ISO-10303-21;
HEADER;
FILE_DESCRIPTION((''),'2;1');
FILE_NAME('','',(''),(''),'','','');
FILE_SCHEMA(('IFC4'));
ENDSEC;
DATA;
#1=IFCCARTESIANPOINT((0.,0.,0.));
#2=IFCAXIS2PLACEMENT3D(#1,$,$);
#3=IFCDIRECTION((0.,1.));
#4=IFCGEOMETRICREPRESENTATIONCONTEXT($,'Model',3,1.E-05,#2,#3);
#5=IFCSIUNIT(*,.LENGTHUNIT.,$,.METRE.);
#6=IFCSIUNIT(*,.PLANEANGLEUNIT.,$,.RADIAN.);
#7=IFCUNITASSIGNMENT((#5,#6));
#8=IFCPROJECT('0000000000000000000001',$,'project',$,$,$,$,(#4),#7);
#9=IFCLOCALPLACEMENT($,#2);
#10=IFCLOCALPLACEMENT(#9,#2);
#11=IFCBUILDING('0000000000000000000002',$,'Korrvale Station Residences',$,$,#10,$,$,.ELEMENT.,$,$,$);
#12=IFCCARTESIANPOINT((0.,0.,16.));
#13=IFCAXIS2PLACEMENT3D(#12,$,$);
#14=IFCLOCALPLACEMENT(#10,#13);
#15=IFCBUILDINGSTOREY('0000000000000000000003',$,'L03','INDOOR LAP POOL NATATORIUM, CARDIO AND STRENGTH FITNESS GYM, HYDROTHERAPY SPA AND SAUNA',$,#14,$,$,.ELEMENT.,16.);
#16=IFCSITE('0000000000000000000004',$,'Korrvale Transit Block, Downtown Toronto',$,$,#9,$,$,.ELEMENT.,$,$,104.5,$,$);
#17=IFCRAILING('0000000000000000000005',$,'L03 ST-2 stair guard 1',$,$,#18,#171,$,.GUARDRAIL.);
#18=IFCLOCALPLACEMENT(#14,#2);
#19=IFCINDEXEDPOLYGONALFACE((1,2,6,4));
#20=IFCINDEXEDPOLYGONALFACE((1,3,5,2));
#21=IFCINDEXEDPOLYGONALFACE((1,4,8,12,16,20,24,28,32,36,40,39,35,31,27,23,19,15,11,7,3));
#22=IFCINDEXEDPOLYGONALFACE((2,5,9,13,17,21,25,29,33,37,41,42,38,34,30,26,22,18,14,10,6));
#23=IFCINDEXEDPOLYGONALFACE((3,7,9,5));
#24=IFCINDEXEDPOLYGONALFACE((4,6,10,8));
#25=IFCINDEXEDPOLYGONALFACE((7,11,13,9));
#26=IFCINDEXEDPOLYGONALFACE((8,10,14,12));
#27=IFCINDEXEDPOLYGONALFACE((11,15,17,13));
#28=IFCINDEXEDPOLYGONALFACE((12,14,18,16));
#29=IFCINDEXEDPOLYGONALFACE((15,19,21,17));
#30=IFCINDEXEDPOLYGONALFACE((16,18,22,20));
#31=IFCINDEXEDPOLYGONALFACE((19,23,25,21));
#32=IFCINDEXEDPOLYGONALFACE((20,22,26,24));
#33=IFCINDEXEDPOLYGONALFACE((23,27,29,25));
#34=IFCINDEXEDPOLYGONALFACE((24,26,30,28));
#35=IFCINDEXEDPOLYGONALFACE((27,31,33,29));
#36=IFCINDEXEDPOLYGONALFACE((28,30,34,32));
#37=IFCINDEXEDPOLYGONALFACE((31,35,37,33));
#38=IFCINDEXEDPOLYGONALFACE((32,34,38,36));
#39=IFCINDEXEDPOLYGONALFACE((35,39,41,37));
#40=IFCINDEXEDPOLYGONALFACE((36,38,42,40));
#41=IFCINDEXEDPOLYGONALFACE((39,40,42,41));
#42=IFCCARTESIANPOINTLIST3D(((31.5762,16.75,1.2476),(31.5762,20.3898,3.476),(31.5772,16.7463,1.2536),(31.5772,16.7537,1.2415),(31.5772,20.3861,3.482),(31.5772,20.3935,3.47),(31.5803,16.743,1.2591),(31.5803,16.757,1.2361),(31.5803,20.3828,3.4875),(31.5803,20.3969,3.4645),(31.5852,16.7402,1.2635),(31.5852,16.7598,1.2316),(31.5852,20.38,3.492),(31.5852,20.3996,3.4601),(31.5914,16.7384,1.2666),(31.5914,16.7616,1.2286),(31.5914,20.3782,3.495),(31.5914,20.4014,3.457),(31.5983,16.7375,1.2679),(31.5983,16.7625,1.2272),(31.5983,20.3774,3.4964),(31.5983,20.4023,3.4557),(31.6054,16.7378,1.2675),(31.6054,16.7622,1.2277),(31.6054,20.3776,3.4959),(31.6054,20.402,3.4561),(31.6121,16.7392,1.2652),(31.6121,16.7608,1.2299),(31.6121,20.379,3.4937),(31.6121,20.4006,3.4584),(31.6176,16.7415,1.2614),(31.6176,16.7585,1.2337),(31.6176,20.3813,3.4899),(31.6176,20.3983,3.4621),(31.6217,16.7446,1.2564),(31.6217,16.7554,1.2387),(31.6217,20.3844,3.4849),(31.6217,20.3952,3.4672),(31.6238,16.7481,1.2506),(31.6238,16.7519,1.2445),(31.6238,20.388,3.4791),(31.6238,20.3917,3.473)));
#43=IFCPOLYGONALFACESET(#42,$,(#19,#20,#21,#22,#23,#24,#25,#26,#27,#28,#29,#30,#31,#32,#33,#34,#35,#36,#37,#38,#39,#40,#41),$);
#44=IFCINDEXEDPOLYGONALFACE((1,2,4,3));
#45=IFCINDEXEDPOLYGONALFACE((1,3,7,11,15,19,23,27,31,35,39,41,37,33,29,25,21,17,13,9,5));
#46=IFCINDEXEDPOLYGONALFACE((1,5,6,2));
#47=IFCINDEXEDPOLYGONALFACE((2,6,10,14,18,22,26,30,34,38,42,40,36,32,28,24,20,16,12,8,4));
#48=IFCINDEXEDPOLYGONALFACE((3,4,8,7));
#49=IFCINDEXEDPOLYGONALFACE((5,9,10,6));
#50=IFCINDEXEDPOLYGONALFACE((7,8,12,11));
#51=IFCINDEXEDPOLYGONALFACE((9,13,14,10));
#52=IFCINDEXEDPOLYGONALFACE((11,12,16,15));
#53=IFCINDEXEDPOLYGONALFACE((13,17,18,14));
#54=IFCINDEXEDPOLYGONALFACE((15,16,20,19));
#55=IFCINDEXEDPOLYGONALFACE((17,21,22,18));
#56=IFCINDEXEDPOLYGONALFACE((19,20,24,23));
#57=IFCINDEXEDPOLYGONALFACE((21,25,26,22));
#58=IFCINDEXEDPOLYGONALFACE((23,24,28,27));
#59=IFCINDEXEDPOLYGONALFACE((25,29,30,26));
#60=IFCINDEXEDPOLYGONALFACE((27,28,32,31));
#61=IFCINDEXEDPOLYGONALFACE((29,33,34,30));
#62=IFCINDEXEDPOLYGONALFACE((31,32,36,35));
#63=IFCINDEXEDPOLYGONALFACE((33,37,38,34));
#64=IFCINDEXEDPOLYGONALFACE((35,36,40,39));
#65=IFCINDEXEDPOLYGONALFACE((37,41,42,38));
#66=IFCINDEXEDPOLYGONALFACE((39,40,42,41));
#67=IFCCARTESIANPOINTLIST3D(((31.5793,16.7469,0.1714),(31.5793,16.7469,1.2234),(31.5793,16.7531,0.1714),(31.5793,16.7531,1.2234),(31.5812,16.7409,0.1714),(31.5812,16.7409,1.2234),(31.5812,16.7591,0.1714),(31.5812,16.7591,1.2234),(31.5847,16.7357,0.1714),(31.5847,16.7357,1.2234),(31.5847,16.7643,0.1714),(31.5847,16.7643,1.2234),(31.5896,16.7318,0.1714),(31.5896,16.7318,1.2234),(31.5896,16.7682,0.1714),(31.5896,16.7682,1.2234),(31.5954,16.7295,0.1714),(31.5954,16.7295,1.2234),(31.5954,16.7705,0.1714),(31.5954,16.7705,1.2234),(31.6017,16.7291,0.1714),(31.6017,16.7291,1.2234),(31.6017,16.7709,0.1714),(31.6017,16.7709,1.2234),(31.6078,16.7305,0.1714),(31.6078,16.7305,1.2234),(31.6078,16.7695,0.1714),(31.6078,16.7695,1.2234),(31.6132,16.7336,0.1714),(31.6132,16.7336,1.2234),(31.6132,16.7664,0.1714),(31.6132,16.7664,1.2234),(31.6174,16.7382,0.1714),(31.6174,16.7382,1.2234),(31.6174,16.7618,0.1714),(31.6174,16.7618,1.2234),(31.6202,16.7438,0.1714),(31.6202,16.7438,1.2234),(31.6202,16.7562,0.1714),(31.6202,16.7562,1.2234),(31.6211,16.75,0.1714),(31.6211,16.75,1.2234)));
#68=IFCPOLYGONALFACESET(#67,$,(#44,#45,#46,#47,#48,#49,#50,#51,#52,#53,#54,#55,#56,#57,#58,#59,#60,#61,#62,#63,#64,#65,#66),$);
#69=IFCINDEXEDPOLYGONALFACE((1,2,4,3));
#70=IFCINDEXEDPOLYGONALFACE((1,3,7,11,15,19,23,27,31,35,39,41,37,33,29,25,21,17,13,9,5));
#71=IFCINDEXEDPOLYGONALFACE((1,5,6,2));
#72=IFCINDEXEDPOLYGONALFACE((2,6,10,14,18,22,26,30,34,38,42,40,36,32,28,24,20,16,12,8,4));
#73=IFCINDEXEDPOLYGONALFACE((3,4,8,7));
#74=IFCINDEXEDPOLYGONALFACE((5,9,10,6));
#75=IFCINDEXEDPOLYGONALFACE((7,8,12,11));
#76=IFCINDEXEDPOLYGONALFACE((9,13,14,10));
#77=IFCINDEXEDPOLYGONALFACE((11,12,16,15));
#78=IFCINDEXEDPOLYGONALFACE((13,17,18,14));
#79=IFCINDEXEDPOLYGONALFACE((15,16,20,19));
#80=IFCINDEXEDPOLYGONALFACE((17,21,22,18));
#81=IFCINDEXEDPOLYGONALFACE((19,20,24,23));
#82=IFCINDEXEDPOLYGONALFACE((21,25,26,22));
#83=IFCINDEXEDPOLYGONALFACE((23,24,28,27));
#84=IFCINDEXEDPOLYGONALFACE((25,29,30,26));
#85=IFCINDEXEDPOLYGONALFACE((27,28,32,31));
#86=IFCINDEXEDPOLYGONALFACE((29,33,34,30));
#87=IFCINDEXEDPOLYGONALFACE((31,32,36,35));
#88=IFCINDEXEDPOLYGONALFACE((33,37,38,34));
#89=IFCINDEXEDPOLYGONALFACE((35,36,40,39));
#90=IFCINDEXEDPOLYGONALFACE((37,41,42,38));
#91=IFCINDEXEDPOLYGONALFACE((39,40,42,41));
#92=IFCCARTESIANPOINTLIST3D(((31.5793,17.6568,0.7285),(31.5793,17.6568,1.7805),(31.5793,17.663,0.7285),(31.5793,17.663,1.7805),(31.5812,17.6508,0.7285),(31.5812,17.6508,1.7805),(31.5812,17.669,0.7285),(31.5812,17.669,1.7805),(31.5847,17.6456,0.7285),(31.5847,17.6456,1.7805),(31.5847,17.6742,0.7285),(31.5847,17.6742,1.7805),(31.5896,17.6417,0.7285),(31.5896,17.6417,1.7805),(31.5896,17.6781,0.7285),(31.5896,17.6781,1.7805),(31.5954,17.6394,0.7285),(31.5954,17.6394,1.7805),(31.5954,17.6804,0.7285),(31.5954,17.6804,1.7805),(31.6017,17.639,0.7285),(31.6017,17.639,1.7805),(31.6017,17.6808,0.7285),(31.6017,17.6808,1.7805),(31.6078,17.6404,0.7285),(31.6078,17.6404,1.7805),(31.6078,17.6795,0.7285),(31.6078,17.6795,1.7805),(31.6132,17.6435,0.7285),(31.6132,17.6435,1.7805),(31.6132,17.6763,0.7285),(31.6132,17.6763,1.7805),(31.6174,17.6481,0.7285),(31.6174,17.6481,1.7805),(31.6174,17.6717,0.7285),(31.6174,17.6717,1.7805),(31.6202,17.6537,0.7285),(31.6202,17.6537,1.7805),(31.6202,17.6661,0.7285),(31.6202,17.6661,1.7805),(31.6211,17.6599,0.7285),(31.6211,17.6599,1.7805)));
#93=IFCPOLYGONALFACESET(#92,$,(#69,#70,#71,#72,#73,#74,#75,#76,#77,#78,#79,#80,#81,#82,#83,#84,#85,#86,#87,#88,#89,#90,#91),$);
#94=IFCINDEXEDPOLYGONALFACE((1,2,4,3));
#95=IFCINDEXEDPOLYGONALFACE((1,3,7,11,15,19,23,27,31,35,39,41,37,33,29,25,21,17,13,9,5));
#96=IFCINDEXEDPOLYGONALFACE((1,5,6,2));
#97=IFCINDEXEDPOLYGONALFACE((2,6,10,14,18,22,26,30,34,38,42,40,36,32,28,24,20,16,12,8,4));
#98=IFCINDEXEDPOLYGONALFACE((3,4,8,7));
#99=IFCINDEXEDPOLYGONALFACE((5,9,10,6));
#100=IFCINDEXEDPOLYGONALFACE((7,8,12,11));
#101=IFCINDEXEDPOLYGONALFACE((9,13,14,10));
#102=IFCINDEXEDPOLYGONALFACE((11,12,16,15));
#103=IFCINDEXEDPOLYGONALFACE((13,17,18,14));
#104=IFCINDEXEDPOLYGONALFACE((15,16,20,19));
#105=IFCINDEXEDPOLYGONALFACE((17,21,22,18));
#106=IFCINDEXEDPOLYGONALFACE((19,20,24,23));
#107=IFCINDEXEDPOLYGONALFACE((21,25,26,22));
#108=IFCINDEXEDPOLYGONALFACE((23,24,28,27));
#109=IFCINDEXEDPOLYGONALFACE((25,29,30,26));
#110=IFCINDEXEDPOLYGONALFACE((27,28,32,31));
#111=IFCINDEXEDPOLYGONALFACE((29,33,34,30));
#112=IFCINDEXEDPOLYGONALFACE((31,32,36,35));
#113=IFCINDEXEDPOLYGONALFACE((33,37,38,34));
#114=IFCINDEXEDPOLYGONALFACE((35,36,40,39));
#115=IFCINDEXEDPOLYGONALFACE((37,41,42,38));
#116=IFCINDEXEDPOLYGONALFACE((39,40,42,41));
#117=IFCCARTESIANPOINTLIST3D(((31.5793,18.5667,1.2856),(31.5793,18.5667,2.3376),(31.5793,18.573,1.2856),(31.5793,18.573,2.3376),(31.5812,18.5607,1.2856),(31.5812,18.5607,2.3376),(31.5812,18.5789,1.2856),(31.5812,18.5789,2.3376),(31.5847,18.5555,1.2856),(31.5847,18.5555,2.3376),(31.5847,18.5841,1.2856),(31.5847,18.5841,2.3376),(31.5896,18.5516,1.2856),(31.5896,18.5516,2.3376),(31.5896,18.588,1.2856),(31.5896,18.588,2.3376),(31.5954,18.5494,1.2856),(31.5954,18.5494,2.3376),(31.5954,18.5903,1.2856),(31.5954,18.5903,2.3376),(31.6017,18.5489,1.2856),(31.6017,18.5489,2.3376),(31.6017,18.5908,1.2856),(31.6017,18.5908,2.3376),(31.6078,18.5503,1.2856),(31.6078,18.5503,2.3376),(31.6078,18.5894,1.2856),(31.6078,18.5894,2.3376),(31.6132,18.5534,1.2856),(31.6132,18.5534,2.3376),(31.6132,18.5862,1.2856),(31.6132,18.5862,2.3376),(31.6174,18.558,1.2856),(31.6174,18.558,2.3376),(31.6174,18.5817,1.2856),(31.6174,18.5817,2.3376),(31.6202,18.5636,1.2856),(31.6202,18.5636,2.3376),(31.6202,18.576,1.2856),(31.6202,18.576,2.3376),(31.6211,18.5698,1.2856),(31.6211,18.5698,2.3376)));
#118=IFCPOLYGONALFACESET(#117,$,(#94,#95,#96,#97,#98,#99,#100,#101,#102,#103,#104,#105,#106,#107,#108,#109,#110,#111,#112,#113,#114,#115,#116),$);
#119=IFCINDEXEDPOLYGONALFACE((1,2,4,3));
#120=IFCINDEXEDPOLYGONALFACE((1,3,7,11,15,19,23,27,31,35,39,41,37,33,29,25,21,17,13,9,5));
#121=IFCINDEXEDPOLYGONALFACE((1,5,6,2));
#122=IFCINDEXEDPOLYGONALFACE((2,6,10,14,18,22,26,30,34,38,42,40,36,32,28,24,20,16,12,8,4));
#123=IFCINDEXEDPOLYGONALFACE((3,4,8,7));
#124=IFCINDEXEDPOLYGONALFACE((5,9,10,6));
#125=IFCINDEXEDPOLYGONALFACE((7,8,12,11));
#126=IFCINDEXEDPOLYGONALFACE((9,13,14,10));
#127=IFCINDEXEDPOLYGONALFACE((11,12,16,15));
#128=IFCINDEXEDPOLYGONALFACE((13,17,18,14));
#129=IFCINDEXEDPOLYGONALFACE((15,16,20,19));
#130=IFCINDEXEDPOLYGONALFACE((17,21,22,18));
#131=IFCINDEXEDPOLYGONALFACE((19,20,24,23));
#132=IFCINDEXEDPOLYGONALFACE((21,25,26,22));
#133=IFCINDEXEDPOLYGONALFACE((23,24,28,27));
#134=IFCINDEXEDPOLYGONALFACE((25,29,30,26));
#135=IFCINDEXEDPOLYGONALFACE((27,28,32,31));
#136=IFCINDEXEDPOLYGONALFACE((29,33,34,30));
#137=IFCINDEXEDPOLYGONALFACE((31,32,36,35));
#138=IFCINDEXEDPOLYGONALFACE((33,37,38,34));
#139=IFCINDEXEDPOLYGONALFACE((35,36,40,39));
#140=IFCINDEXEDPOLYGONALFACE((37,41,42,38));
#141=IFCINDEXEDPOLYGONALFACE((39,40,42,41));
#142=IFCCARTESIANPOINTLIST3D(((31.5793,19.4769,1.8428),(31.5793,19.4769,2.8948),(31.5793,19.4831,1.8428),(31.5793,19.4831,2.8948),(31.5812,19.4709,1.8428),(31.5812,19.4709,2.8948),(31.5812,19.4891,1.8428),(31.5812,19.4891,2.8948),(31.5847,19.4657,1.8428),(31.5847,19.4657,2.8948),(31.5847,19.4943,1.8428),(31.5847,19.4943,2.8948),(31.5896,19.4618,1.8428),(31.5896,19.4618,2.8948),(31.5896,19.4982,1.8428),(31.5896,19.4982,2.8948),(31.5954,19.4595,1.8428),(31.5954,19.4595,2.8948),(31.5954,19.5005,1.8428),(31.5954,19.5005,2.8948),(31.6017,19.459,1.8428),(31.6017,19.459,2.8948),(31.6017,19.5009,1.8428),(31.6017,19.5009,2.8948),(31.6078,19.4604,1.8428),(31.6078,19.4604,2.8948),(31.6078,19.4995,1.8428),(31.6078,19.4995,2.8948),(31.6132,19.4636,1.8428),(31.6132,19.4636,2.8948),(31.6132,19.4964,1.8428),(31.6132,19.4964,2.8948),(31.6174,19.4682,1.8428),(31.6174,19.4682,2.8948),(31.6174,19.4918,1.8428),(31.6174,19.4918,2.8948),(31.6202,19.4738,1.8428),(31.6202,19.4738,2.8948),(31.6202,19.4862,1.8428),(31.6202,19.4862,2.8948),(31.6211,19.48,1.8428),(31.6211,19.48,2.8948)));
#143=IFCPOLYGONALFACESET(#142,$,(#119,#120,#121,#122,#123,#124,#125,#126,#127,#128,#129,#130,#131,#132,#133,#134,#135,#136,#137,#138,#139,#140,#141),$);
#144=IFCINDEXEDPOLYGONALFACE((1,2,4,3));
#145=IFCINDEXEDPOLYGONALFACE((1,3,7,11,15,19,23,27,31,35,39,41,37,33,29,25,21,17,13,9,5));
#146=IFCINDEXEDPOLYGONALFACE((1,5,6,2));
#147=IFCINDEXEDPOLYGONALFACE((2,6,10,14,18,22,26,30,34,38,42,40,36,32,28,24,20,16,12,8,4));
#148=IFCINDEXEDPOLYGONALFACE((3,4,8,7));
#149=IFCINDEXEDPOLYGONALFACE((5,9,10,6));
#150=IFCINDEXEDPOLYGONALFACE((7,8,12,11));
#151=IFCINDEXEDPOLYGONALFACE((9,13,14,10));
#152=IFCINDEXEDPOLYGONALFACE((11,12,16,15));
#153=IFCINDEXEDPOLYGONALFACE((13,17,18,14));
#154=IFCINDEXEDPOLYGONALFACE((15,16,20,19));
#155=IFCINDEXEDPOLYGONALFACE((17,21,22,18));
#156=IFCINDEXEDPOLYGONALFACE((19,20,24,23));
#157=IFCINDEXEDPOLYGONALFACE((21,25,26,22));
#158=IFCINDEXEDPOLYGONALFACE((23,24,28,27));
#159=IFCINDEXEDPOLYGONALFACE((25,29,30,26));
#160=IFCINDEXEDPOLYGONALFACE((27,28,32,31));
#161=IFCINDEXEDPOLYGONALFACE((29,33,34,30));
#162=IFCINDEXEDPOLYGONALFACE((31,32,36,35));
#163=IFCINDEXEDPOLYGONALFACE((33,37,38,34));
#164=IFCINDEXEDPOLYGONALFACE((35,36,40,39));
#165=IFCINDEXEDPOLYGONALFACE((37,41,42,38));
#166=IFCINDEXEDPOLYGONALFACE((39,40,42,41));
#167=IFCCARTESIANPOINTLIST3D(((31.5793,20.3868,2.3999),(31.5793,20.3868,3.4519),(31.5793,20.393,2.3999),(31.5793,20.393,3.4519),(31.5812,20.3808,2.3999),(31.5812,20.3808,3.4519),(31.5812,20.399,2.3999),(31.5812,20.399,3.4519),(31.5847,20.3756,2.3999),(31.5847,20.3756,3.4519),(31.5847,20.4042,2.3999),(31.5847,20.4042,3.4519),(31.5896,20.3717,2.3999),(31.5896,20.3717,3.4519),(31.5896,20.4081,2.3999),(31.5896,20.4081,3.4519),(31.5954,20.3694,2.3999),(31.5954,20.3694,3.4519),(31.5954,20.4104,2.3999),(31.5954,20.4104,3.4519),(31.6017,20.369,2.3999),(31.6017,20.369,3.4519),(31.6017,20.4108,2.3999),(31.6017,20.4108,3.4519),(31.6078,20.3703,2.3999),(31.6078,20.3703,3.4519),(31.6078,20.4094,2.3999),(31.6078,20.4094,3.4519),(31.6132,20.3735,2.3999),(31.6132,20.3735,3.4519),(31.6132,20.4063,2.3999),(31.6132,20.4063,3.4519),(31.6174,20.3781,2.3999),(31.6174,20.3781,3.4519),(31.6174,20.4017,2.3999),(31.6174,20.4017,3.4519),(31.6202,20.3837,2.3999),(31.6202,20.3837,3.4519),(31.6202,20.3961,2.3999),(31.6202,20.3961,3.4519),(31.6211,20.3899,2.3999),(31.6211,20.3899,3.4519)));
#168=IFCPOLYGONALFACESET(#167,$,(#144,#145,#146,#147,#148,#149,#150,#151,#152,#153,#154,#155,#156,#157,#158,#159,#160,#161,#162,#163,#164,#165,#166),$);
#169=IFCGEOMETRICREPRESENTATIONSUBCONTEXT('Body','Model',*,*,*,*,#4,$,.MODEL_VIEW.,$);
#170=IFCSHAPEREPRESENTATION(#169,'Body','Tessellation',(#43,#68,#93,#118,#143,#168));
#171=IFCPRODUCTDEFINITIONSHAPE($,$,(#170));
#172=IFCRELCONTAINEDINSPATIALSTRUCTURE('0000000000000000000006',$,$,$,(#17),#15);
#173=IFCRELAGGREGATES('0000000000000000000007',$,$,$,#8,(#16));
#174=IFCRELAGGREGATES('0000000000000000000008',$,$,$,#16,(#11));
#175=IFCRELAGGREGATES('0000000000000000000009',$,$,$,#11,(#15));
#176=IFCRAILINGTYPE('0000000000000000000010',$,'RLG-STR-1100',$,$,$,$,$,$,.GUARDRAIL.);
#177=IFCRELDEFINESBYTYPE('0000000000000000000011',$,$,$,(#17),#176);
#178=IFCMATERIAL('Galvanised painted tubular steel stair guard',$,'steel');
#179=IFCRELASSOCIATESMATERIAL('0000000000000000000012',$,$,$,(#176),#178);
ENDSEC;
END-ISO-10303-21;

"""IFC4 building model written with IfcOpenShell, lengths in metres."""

from ifc_helpers import new_model, si_unit, direction, frame, origin, origin_2d, place, context, subcontext, project, spatial, circle, extrude, material, type_object, element, save


model = new_model("IFC4")

# Units and contexts
model_context = context("Model", 3, precision=1e-05, world=origin(), true_north=direction((0.0, 1.0)))
body_context = subcontext(model_context, "Body", "Model", "MODEL_VIEW")
ifc_project = project(units=[si_unit("LENGTHUNIT", "METRE"), si_unit("PLANEANGLEUNIT", "RADIAN")], contexts=[model_context])

# Site, building, storey
site_placement = place(None, origin())
site = spatial("IfcSite", under=ifc_project, at=site_placement, Name="Korrvale Transit Block, Downtown Toronto", CompositionType="ELEMENT", RefElevation=104.5)
building_placement = place(site_placement, origin())
building = spatial("IfcBuilding", under=site, at=building_placement, Name="Korrvale Station Residences", CompositionType="ELEMENT")
storey_placement = place(building_placement, frame((0.0, 0.0, 16.0)))
storey = spatial("IfcBuildingStorey", under=building, at=storey_placement, Name="L03", Description="INDOOR LAP POOL NATATORIUM, CARDIO AND STRENGTH FITNESS GYM, HYDROTHERAPY SPA AND SAUNA", CompositionType="ELEMENT", Elevation=16.0)

# Railing
ifc_material_1 = material(Name="Galvanised painted tubular steel stair guard", Category="steel")
railing_type = type_object("IfcRailingType", Name="RLG-STR-1100", PredefinedType="GUARDRAIL", material=ifc_material_1)
railing_1_placement = place(storey_placement, frame((31.6001, 16.75, 0.1714)))
element("IfcRailing", 1, at=railing_1_placement, inside=storey, type_object=railing_type, Name="L03 ST-2 stair guard 1", PredefinedType="GUARDRAIL", context=body_context, shape_type="SweptSolid", body=[
    extrude(circle(Radius=0.0239, at=origin_2d()), frame((0.0, 0.0, 1.0762), z_axis=(0.0, 0.85285, 0.522156), x_axis=(-1.0, 0.0, 0.0)), (0.0, 0.0, 1.0), 4.2678),
    extrude(circle(Radius=0.021, at=origin_2d()), origin(), (0.0, 0.0, 1.0), 1.052),
    extrude(circle(Radius=0.021, at=origin_2d()), frame((0.0, 0.9099, 0.5571)), (0.0, 0.0, 1.0), 1.052),
    extrude(circle(Radius=0.021, at=origin_2d()), frame((0.0, 1.8198, 1.1143)), (0.0, 0.0, 1.0), 1.052),
    extrude(circle(Radius=0.021, at=origin_2d()), frame((0.0, 2.73, 1.6714)), (0.0, 0.0, 1.0), 1.052),
    extrude(circle(Radius=0.021, at=origin_2d()), frame((0.0, 3.6399, 2.2285)), (0.0, 0.0, 1.0), 1.052),
])

save(model, "model.ifc")
